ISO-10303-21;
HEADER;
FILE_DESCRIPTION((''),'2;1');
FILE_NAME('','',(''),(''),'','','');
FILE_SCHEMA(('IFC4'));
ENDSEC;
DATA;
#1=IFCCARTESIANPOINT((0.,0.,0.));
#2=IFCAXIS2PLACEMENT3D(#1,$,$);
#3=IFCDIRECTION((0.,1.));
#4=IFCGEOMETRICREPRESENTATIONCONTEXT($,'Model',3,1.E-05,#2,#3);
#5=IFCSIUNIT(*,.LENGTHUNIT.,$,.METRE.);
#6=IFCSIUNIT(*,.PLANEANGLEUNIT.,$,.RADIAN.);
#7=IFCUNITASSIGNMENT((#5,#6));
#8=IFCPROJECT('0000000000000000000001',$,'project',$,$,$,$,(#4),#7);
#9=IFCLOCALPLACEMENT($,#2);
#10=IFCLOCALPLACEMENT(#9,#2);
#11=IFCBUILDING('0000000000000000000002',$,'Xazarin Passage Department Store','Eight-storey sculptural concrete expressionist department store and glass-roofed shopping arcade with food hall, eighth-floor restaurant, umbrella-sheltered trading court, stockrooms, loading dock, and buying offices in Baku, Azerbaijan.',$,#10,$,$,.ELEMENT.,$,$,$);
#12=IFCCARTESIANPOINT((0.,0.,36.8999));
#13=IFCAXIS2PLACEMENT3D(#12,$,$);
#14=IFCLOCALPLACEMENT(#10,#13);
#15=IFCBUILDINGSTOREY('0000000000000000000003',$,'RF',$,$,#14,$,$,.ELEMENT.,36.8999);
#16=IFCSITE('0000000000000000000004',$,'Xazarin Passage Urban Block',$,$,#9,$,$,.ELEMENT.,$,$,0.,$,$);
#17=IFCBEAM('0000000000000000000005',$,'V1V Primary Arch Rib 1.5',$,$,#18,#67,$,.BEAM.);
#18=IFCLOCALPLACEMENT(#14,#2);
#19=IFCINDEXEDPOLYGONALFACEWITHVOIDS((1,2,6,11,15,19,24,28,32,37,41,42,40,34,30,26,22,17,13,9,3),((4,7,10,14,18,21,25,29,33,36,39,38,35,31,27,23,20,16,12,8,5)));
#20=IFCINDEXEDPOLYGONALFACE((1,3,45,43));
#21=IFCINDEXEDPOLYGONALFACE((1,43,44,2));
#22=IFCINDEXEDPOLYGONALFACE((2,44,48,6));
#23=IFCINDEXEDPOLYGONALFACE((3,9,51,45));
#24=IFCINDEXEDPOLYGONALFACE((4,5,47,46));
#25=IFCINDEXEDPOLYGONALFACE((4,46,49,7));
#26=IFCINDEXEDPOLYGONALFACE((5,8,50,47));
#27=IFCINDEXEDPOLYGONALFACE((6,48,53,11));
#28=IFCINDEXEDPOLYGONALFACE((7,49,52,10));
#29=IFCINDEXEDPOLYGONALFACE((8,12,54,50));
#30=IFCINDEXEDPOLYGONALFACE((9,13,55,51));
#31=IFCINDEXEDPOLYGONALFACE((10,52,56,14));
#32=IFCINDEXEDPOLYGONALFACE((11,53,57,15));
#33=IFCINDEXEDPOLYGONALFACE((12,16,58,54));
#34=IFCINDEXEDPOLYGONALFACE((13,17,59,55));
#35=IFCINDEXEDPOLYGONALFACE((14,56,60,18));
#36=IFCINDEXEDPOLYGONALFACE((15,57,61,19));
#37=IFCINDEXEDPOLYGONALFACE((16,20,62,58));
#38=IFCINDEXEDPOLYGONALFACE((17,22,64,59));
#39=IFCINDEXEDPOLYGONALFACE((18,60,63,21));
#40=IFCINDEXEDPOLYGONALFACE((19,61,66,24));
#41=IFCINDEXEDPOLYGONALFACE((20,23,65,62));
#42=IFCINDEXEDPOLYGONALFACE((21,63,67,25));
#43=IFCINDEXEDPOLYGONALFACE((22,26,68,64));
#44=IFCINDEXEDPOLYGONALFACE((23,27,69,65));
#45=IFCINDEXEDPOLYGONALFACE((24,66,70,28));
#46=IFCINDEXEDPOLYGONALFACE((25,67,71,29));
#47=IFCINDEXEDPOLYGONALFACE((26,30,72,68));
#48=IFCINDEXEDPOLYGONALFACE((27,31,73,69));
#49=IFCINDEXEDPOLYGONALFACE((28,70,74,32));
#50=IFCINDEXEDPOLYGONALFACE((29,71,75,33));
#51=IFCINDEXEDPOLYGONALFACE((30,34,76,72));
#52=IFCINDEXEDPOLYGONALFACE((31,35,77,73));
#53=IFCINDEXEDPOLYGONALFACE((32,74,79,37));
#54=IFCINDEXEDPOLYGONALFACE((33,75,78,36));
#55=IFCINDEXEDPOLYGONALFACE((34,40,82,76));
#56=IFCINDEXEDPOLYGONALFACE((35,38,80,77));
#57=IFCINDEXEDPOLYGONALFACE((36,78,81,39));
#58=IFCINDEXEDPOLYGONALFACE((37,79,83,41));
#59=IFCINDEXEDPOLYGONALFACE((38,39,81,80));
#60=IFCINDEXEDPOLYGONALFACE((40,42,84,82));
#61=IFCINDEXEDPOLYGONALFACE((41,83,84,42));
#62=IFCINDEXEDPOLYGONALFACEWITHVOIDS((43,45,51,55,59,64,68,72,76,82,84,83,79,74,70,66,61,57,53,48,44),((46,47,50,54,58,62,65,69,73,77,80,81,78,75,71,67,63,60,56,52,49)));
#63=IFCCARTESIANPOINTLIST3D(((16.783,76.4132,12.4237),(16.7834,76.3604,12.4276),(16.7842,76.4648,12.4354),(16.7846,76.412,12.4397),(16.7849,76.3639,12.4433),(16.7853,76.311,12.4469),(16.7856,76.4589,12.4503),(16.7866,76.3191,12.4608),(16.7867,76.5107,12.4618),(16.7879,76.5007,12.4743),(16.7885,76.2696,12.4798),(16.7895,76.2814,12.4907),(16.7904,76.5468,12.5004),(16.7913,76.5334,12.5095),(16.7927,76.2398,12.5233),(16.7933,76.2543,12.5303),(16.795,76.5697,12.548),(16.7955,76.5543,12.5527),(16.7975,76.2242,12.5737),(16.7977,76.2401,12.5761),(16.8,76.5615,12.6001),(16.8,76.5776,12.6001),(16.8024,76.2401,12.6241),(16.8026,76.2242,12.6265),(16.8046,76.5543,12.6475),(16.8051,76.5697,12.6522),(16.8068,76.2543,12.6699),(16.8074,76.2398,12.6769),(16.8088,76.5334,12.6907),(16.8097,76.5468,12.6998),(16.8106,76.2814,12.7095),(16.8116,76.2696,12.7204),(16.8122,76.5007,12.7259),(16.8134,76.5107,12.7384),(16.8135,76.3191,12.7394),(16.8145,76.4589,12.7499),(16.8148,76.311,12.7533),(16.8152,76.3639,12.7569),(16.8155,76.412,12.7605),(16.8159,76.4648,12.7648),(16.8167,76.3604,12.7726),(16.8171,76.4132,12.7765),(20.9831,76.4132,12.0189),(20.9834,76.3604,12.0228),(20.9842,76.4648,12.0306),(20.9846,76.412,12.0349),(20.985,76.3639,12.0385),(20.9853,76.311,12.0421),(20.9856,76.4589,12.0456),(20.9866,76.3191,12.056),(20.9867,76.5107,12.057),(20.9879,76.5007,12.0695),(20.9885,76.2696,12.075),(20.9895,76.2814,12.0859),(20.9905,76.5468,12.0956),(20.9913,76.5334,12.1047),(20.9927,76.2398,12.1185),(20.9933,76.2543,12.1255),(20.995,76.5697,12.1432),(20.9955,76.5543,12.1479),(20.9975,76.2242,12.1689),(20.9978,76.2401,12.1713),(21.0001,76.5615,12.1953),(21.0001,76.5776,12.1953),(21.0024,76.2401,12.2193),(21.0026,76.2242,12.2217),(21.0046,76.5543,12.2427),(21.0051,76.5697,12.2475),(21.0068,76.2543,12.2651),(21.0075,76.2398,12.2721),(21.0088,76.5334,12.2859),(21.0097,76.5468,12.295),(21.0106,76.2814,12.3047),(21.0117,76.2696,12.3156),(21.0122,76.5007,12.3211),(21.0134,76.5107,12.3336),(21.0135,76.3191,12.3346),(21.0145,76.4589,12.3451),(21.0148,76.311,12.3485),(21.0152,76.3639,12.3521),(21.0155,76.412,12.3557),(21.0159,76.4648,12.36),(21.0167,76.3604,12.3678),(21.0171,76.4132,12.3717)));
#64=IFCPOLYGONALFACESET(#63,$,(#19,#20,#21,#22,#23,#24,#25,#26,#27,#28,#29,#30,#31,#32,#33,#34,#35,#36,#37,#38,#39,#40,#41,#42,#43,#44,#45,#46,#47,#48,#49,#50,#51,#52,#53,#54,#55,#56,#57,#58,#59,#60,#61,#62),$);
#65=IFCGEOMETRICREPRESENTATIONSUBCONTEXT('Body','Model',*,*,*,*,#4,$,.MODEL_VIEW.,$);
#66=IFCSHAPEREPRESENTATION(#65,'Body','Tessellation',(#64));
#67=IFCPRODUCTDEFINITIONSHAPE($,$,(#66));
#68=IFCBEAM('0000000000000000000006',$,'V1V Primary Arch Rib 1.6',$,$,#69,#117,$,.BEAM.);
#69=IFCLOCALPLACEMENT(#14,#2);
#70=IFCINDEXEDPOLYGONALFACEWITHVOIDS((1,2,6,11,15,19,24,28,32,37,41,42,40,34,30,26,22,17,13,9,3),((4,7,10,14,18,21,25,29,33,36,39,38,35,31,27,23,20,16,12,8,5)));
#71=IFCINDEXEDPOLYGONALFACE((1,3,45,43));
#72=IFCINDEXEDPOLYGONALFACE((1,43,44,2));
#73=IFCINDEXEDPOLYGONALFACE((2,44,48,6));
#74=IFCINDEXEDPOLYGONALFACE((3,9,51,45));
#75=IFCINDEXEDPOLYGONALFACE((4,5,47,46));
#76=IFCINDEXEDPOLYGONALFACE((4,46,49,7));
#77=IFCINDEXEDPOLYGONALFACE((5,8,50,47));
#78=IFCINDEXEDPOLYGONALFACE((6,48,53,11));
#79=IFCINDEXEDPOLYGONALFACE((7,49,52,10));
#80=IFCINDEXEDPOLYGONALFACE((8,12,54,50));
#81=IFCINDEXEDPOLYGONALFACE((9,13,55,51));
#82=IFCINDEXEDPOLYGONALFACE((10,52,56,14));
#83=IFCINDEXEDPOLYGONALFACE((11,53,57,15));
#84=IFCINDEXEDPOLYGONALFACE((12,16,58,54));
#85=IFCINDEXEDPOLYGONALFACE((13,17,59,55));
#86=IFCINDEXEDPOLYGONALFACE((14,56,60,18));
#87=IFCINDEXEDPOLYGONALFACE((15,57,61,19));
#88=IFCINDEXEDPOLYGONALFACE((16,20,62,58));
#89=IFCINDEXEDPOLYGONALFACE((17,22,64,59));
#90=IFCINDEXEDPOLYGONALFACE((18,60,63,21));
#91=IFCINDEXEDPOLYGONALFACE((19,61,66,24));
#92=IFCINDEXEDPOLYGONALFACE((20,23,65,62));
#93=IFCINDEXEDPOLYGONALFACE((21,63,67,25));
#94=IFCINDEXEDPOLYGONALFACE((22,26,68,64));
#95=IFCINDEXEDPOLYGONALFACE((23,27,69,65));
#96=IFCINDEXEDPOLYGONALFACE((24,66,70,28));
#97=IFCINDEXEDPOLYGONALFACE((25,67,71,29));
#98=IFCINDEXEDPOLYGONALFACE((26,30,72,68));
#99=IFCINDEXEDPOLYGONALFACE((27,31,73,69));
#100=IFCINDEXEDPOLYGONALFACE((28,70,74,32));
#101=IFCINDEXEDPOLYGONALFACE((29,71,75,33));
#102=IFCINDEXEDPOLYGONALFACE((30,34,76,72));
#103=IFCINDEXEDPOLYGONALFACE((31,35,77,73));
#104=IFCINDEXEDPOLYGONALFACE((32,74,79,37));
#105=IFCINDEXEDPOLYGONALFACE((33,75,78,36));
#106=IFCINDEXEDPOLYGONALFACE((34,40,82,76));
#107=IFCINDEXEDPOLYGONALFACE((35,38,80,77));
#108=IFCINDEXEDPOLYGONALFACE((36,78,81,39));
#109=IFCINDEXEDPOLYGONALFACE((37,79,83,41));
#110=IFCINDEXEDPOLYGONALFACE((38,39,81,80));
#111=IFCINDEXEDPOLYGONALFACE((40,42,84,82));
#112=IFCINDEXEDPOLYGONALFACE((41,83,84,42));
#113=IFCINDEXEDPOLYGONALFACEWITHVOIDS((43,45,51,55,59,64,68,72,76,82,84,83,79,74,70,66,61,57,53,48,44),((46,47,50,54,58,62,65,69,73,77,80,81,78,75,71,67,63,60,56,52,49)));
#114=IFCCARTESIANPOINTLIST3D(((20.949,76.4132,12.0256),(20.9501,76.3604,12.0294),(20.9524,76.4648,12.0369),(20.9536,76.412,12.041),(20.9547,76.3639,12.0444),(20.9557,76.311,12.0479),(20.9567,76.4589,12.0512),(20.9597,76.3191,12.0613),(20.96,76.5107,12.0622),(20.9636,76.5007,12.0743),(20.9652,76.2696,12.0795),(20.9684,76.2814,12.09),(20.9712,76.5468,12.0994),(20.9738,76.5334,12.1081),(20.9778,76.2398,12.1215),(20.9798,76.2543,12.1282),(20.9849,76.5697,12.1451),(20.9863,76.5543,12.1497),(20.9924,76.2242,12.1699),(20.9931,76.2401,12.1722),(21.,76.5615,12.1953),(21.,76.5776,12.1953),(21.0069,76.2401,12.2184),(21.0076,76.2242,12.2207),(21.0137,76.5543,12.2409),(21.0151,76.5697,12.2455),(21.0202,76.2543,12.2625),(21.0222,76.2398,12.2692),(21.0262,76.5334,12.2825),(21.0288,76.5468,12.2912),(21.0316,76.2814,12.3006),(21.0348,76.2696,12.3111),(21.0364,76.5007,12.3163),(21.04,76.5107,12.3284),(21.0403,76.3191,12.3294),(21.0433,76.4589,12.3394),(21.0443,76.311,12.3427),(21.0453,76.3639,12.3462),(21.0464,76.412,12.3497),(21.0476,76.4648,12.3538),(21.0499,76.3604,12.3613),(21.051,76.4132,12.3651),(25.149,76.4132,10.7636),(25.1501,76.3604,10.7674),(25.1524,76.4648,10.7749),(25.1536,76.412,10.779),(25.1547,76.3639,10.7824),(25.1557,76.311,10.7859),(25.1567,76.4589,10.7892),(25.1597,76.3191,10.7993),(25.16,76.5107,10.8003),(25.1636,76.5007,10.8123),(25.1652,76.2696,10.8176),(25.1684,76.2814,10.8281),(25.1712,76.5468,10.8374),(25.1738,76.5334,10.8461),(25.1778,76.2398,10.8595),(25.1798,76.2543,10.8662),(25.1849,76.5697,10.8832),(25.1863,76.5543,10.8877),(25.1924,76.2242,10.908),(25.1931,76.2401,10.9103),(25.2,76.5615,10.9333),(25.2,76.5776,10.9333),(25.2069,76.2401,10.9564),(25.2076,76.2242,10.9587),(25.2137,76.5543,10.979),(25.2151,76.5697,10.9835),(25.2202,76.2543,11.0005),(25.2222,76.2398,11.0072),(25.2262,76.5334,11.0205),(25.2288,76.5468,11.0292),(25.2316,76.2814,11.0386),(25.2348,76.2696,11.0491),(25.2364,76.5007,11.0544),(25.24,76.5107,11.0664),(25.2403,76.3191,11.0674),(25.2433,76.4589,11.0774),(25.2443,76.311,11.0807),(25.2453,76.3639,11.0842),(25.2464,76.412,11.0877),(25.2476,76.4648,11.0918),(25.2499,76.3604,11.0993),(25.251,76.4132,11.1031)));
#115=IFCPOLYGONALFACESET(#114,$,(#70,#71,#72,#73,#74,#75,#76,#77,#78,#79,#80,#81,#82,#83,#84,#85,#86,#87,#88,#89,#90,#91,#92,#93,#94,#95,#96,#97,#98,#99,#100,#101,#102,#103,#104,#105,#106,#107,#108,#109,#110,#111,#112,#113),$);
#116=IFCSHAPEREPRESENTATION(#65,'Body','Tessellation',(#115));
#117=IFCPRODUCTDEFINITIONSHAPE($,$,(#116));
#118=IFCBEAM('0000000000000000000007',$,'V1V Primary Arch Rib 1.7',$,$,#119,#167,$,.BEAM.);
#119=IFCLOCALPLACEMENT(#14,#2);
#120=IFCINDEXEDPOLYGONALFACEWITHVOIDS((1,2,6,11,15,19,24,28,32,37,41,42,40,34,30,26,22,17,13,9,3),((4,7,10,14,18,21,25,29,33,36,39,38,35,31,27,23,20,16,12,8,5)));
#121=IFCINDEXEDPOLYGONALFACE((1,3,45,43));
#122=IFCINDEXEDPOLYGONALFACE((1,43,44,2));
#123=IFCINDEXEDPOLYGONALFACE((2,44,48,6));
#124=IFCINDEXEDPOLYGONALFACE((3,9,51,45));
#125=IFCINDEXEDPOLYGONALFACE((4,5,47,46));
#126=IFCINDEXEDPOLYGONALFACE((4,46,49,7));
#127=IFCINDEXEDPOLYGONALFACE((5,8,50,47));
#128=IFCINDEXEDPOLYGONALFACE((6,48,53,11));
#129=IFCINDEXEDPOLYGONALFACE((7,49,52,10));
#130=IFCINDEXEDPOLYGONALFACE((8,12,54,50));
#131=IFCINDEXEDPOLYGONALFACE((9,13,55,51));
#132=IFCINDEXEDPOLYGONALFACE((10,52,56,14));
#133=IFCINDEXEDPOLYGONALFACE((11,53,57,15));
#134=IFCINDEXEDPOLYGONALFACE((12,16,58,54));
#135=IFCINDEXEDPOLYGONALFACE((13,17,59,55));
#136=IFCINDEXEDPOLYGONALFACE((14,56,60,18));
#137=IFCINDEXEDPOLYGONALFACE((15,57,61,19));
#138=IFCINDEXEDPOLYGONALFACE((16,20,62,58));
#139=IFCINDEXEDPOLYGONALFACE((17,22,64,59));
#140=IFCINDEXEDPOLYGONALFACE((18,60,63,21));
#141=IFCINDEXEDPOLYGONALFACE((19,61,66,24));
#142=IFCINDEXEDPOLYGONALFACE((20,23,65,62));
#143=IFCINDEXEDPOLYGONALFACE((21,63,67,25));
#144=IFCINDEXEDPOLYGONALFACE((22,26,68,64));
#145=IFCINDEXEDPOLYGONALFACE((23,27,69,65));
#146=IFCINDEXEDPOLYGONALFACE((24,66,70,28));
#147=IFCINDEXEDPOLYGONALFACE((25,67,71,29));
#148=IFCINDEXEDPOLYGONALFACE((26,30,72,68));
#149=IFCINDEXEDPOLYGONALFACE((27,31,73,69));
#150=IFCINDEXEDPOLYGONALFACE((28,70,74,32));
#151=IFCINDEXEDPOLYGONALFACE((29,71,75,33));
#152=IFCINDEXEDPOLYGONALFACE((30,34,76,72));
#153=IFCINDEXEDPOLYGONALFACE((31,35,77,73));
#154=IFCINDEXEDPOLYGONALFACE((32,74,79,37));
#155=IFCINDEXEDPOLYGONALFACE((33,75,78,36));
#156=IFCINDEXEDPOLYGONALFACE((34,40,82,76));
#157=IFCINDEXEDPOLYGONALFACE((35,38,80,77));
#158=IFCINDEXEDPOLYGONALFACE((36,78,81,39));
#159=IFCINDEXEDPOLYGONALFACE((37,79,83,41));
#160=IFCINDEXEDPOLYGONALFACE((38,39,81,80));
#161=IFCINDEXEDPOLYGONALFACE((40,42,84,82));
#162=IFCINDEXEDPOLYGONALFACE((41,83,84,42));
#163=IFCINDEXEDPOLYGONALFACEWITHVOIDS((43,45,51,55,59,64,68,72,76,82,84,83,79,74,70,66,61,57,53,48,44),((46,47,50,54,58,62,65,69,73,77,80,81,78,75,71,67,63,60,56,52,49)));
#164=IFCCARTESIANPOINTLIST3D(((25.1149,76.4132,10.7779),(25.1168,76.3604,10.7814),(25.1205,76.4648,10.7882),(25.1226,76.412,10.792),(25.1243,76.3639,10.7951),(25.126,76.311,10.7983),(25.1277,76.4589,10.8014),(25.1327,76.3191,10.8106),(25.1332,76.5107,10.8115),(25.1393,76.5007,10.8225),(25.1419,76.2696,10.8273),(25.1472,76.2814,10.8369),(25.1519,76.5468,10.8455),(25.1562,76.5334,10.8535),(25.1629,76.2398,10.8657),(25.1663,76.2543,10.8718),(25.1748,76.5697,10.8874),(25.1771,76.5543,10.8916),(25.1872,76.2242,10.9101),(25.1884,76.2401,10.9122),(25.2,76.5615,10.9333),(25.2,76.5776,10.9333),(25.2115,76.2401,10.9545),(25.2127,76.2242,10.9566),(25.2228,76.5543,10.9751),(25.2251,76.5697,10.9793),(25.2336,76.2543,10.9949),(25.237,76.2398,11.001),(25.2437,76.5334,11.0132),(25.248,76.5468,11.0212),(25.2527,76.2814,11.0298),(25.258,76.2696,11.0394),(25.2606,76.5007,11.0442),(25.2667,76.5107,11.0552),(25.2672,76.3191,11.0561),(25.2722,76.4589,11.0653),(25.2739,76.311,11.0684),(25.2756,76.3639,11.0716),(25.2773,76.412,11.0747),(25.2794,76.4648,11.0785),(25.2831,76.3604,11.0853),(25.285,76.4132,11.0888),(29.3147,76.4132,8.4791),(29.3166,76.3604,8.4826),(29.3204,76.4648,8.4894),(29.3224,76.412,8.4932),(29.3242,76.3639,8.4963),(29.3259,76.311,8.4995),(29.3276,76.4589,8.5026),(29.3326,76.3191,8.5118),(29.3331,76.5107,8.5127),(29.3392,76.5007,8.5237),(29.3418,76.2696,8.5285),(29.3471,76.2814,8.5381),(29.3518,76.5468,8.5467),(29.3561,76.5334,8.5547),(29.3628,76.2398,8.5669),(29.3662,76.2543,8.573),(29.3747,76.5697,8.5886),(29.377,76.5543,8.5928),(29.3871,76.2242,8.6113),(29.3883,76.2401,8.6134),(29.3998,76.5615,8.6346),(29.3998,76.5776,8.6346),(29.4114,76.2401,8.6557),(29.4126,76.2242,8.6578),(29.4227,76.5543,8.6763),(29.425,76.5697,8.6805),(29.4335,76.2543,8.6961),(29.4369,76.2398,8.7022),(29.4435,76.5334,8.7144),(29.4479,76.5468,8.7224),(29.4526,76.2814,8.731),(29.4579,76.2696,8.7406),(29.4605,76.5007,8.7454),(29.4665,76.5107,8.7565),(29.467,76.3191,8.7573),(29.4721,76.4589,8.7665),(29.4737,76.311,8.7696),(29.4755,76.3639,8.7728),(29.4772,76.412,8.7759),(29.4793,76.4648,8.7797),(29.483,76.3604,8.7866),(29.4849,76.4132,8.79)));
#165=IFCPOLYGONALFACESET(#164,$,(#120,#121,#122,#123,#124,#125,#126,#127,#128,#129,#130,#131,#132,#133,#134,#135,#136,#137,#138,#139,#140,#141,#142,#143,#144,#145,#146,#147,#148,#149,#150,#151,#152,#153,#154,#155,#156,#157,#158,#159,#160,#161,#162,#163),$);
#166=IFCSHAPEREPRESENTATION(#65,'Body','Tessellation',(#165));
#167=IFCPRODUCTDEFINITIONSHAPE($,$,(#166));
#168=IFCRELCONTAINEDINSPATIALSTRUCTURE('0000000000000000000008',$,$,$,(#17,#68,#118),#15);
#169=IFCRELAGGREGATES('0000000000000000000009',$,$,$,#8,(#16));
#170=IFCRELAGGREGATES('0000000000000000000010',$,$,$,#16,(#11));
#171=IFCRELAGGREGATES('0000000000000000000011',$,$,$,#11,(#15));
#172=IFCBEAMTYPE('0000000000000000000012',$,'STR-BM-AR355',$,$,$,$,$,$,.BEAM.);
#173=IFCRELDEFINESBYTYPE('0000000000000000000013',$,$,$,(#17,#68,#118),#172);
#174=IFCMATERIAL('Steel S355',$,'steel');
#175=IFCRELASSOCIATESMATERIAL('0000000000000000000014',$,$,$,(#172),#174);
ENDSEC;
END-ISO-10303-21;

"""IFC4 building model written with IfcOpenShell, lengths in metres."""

from ifc_helpers import new_model, si_unit, direction, frame, origin, origin_2d, place, context, subcontext, project, spatial, hollow_circle, extrude, material, material_profile, profile_set, type_object, element, save


model = new_model("IFC4")

# Units and contexts
model_context = context("Model", 3, precision=1e-05, world=origin(), true_north=direction((0.0, 1.0)))
body_context = subcontext(model_context, "Body", "Model", "MODEL_VIEW")
ifc_project = project(units=[si_unit("LENGTHUNIT", "METRE"), si_unit("PLANEANGLEUNIT", "RADIAN")], contexts=[model_context])

# Site, building, storey
site_placement = place(None, origin())
site = spatial("IfcSite", under=ifc_project, at=site_placement, Name="Xazarin Passage Urban Block", CompositionType="ELEMENT", RefElevation=0.0)
building_placement = place(site_placement, origin())
building = spatial("IfcBuilding", under=site, at=building_placement, Name="Xazarin Passage Department Store", Description="Eight-storey sculptural concrete expressionist department store and glass-roofed shopping arcade with food hall, eighth-floor restaurant, umbrella-sheltered trading court, stockrooms, loading dock, and buying offices in Baku, Azerbaijan.", CompositionType="ELEMENT")
storey_placement = place(building_placement, frame((0.0, 0.0, 36.8999)))
storey = spatial("IfcBuildingStorey", under=building, at=storey_placement, Name="RF", CompositionType="ELEMENT", Elevation=36.8999)

# Beams
ifc_material_1 = material(Name="Steel S355", Category="steel")
ifc_material_profile_1 = material_profile(ifc_material_1, hollow_circle(Radius=0.1777, WallThickness=0.0161, at=origin_2d()), Name="CHS 355.6x16")
ifc_profile_set_1 = profile_set([ifc_material_profile_1], Name="Steel S355")
beam_type = type_object("IfcBeamType", Name="STR-BM-AR355", PredefinedType="BEAM", material=ifc_profile_set_1)
for number, where, z_axis, x_axis, name in (
    (1, (16.8, 76.3999, 12.6001), (0.995388, 0.0, -0.095934), (0.0, 1.0, 0.0), "V1V Primary Arch Rib 1.5"),
):
    element("IfcBeam", number, at=place(storey_placement, frame(where, z_axis=z_axis, x_axis=x_axis)), inside=storey, type_object=beam_type, Name=name, PredefinedType="BEAM", context=body_context, shape_type="SweptSolid", body=[
        extrude(hollow_circle(Radius=0.1777, WallThickness=0.0161, at=origin_2d()), origin(), (0.0, 0.0, 1.0), 4.2195),
    ])
beam_1_placement = place(storey_placement, frame((21.0, 76.3999, 12.1953), z_axis=(0.957702, 0.0, -0.287762), x_axis=(0.0, 1.0, 0.0)))
element("IfcBeam", 2, at=beam_1_placement, inside=storey, type_object=beam_type, Name="V1V Primary Arch Rib 1.6", PredefinedType="BEAM", context=body_context, shape_type="SweptSolid", body=[
    extrude(hollow_circle(Radius=0.1777, WallThickness=0.0161, at=origin_2d()), origin(), (0.0, 0.0, 1.0), 4.3855),
])
beam_2_placement = place(storey_placement, frame((25.2, 76.3999, 10.9333), z_axis=(0.877197, 0.0, -0.480131), x_axis=(0.0, 1.0, 0.0)))
element("IfcBeam", 3, at=beam_2_placement, inside=storey, type_object=beam_type, Name="V1V Primary Arch Rib 1.7", PredefinedType="BEAM", context=body_context, shape_type="SweptSolid", body=[
    extrude(hollow_circle(Radius=0.1777, WallThickness=0.0161, at=origin_2d()), origin(), (0.0, 0.0, 1.0), 4.7878),
])

save(model, "model.ifc")
